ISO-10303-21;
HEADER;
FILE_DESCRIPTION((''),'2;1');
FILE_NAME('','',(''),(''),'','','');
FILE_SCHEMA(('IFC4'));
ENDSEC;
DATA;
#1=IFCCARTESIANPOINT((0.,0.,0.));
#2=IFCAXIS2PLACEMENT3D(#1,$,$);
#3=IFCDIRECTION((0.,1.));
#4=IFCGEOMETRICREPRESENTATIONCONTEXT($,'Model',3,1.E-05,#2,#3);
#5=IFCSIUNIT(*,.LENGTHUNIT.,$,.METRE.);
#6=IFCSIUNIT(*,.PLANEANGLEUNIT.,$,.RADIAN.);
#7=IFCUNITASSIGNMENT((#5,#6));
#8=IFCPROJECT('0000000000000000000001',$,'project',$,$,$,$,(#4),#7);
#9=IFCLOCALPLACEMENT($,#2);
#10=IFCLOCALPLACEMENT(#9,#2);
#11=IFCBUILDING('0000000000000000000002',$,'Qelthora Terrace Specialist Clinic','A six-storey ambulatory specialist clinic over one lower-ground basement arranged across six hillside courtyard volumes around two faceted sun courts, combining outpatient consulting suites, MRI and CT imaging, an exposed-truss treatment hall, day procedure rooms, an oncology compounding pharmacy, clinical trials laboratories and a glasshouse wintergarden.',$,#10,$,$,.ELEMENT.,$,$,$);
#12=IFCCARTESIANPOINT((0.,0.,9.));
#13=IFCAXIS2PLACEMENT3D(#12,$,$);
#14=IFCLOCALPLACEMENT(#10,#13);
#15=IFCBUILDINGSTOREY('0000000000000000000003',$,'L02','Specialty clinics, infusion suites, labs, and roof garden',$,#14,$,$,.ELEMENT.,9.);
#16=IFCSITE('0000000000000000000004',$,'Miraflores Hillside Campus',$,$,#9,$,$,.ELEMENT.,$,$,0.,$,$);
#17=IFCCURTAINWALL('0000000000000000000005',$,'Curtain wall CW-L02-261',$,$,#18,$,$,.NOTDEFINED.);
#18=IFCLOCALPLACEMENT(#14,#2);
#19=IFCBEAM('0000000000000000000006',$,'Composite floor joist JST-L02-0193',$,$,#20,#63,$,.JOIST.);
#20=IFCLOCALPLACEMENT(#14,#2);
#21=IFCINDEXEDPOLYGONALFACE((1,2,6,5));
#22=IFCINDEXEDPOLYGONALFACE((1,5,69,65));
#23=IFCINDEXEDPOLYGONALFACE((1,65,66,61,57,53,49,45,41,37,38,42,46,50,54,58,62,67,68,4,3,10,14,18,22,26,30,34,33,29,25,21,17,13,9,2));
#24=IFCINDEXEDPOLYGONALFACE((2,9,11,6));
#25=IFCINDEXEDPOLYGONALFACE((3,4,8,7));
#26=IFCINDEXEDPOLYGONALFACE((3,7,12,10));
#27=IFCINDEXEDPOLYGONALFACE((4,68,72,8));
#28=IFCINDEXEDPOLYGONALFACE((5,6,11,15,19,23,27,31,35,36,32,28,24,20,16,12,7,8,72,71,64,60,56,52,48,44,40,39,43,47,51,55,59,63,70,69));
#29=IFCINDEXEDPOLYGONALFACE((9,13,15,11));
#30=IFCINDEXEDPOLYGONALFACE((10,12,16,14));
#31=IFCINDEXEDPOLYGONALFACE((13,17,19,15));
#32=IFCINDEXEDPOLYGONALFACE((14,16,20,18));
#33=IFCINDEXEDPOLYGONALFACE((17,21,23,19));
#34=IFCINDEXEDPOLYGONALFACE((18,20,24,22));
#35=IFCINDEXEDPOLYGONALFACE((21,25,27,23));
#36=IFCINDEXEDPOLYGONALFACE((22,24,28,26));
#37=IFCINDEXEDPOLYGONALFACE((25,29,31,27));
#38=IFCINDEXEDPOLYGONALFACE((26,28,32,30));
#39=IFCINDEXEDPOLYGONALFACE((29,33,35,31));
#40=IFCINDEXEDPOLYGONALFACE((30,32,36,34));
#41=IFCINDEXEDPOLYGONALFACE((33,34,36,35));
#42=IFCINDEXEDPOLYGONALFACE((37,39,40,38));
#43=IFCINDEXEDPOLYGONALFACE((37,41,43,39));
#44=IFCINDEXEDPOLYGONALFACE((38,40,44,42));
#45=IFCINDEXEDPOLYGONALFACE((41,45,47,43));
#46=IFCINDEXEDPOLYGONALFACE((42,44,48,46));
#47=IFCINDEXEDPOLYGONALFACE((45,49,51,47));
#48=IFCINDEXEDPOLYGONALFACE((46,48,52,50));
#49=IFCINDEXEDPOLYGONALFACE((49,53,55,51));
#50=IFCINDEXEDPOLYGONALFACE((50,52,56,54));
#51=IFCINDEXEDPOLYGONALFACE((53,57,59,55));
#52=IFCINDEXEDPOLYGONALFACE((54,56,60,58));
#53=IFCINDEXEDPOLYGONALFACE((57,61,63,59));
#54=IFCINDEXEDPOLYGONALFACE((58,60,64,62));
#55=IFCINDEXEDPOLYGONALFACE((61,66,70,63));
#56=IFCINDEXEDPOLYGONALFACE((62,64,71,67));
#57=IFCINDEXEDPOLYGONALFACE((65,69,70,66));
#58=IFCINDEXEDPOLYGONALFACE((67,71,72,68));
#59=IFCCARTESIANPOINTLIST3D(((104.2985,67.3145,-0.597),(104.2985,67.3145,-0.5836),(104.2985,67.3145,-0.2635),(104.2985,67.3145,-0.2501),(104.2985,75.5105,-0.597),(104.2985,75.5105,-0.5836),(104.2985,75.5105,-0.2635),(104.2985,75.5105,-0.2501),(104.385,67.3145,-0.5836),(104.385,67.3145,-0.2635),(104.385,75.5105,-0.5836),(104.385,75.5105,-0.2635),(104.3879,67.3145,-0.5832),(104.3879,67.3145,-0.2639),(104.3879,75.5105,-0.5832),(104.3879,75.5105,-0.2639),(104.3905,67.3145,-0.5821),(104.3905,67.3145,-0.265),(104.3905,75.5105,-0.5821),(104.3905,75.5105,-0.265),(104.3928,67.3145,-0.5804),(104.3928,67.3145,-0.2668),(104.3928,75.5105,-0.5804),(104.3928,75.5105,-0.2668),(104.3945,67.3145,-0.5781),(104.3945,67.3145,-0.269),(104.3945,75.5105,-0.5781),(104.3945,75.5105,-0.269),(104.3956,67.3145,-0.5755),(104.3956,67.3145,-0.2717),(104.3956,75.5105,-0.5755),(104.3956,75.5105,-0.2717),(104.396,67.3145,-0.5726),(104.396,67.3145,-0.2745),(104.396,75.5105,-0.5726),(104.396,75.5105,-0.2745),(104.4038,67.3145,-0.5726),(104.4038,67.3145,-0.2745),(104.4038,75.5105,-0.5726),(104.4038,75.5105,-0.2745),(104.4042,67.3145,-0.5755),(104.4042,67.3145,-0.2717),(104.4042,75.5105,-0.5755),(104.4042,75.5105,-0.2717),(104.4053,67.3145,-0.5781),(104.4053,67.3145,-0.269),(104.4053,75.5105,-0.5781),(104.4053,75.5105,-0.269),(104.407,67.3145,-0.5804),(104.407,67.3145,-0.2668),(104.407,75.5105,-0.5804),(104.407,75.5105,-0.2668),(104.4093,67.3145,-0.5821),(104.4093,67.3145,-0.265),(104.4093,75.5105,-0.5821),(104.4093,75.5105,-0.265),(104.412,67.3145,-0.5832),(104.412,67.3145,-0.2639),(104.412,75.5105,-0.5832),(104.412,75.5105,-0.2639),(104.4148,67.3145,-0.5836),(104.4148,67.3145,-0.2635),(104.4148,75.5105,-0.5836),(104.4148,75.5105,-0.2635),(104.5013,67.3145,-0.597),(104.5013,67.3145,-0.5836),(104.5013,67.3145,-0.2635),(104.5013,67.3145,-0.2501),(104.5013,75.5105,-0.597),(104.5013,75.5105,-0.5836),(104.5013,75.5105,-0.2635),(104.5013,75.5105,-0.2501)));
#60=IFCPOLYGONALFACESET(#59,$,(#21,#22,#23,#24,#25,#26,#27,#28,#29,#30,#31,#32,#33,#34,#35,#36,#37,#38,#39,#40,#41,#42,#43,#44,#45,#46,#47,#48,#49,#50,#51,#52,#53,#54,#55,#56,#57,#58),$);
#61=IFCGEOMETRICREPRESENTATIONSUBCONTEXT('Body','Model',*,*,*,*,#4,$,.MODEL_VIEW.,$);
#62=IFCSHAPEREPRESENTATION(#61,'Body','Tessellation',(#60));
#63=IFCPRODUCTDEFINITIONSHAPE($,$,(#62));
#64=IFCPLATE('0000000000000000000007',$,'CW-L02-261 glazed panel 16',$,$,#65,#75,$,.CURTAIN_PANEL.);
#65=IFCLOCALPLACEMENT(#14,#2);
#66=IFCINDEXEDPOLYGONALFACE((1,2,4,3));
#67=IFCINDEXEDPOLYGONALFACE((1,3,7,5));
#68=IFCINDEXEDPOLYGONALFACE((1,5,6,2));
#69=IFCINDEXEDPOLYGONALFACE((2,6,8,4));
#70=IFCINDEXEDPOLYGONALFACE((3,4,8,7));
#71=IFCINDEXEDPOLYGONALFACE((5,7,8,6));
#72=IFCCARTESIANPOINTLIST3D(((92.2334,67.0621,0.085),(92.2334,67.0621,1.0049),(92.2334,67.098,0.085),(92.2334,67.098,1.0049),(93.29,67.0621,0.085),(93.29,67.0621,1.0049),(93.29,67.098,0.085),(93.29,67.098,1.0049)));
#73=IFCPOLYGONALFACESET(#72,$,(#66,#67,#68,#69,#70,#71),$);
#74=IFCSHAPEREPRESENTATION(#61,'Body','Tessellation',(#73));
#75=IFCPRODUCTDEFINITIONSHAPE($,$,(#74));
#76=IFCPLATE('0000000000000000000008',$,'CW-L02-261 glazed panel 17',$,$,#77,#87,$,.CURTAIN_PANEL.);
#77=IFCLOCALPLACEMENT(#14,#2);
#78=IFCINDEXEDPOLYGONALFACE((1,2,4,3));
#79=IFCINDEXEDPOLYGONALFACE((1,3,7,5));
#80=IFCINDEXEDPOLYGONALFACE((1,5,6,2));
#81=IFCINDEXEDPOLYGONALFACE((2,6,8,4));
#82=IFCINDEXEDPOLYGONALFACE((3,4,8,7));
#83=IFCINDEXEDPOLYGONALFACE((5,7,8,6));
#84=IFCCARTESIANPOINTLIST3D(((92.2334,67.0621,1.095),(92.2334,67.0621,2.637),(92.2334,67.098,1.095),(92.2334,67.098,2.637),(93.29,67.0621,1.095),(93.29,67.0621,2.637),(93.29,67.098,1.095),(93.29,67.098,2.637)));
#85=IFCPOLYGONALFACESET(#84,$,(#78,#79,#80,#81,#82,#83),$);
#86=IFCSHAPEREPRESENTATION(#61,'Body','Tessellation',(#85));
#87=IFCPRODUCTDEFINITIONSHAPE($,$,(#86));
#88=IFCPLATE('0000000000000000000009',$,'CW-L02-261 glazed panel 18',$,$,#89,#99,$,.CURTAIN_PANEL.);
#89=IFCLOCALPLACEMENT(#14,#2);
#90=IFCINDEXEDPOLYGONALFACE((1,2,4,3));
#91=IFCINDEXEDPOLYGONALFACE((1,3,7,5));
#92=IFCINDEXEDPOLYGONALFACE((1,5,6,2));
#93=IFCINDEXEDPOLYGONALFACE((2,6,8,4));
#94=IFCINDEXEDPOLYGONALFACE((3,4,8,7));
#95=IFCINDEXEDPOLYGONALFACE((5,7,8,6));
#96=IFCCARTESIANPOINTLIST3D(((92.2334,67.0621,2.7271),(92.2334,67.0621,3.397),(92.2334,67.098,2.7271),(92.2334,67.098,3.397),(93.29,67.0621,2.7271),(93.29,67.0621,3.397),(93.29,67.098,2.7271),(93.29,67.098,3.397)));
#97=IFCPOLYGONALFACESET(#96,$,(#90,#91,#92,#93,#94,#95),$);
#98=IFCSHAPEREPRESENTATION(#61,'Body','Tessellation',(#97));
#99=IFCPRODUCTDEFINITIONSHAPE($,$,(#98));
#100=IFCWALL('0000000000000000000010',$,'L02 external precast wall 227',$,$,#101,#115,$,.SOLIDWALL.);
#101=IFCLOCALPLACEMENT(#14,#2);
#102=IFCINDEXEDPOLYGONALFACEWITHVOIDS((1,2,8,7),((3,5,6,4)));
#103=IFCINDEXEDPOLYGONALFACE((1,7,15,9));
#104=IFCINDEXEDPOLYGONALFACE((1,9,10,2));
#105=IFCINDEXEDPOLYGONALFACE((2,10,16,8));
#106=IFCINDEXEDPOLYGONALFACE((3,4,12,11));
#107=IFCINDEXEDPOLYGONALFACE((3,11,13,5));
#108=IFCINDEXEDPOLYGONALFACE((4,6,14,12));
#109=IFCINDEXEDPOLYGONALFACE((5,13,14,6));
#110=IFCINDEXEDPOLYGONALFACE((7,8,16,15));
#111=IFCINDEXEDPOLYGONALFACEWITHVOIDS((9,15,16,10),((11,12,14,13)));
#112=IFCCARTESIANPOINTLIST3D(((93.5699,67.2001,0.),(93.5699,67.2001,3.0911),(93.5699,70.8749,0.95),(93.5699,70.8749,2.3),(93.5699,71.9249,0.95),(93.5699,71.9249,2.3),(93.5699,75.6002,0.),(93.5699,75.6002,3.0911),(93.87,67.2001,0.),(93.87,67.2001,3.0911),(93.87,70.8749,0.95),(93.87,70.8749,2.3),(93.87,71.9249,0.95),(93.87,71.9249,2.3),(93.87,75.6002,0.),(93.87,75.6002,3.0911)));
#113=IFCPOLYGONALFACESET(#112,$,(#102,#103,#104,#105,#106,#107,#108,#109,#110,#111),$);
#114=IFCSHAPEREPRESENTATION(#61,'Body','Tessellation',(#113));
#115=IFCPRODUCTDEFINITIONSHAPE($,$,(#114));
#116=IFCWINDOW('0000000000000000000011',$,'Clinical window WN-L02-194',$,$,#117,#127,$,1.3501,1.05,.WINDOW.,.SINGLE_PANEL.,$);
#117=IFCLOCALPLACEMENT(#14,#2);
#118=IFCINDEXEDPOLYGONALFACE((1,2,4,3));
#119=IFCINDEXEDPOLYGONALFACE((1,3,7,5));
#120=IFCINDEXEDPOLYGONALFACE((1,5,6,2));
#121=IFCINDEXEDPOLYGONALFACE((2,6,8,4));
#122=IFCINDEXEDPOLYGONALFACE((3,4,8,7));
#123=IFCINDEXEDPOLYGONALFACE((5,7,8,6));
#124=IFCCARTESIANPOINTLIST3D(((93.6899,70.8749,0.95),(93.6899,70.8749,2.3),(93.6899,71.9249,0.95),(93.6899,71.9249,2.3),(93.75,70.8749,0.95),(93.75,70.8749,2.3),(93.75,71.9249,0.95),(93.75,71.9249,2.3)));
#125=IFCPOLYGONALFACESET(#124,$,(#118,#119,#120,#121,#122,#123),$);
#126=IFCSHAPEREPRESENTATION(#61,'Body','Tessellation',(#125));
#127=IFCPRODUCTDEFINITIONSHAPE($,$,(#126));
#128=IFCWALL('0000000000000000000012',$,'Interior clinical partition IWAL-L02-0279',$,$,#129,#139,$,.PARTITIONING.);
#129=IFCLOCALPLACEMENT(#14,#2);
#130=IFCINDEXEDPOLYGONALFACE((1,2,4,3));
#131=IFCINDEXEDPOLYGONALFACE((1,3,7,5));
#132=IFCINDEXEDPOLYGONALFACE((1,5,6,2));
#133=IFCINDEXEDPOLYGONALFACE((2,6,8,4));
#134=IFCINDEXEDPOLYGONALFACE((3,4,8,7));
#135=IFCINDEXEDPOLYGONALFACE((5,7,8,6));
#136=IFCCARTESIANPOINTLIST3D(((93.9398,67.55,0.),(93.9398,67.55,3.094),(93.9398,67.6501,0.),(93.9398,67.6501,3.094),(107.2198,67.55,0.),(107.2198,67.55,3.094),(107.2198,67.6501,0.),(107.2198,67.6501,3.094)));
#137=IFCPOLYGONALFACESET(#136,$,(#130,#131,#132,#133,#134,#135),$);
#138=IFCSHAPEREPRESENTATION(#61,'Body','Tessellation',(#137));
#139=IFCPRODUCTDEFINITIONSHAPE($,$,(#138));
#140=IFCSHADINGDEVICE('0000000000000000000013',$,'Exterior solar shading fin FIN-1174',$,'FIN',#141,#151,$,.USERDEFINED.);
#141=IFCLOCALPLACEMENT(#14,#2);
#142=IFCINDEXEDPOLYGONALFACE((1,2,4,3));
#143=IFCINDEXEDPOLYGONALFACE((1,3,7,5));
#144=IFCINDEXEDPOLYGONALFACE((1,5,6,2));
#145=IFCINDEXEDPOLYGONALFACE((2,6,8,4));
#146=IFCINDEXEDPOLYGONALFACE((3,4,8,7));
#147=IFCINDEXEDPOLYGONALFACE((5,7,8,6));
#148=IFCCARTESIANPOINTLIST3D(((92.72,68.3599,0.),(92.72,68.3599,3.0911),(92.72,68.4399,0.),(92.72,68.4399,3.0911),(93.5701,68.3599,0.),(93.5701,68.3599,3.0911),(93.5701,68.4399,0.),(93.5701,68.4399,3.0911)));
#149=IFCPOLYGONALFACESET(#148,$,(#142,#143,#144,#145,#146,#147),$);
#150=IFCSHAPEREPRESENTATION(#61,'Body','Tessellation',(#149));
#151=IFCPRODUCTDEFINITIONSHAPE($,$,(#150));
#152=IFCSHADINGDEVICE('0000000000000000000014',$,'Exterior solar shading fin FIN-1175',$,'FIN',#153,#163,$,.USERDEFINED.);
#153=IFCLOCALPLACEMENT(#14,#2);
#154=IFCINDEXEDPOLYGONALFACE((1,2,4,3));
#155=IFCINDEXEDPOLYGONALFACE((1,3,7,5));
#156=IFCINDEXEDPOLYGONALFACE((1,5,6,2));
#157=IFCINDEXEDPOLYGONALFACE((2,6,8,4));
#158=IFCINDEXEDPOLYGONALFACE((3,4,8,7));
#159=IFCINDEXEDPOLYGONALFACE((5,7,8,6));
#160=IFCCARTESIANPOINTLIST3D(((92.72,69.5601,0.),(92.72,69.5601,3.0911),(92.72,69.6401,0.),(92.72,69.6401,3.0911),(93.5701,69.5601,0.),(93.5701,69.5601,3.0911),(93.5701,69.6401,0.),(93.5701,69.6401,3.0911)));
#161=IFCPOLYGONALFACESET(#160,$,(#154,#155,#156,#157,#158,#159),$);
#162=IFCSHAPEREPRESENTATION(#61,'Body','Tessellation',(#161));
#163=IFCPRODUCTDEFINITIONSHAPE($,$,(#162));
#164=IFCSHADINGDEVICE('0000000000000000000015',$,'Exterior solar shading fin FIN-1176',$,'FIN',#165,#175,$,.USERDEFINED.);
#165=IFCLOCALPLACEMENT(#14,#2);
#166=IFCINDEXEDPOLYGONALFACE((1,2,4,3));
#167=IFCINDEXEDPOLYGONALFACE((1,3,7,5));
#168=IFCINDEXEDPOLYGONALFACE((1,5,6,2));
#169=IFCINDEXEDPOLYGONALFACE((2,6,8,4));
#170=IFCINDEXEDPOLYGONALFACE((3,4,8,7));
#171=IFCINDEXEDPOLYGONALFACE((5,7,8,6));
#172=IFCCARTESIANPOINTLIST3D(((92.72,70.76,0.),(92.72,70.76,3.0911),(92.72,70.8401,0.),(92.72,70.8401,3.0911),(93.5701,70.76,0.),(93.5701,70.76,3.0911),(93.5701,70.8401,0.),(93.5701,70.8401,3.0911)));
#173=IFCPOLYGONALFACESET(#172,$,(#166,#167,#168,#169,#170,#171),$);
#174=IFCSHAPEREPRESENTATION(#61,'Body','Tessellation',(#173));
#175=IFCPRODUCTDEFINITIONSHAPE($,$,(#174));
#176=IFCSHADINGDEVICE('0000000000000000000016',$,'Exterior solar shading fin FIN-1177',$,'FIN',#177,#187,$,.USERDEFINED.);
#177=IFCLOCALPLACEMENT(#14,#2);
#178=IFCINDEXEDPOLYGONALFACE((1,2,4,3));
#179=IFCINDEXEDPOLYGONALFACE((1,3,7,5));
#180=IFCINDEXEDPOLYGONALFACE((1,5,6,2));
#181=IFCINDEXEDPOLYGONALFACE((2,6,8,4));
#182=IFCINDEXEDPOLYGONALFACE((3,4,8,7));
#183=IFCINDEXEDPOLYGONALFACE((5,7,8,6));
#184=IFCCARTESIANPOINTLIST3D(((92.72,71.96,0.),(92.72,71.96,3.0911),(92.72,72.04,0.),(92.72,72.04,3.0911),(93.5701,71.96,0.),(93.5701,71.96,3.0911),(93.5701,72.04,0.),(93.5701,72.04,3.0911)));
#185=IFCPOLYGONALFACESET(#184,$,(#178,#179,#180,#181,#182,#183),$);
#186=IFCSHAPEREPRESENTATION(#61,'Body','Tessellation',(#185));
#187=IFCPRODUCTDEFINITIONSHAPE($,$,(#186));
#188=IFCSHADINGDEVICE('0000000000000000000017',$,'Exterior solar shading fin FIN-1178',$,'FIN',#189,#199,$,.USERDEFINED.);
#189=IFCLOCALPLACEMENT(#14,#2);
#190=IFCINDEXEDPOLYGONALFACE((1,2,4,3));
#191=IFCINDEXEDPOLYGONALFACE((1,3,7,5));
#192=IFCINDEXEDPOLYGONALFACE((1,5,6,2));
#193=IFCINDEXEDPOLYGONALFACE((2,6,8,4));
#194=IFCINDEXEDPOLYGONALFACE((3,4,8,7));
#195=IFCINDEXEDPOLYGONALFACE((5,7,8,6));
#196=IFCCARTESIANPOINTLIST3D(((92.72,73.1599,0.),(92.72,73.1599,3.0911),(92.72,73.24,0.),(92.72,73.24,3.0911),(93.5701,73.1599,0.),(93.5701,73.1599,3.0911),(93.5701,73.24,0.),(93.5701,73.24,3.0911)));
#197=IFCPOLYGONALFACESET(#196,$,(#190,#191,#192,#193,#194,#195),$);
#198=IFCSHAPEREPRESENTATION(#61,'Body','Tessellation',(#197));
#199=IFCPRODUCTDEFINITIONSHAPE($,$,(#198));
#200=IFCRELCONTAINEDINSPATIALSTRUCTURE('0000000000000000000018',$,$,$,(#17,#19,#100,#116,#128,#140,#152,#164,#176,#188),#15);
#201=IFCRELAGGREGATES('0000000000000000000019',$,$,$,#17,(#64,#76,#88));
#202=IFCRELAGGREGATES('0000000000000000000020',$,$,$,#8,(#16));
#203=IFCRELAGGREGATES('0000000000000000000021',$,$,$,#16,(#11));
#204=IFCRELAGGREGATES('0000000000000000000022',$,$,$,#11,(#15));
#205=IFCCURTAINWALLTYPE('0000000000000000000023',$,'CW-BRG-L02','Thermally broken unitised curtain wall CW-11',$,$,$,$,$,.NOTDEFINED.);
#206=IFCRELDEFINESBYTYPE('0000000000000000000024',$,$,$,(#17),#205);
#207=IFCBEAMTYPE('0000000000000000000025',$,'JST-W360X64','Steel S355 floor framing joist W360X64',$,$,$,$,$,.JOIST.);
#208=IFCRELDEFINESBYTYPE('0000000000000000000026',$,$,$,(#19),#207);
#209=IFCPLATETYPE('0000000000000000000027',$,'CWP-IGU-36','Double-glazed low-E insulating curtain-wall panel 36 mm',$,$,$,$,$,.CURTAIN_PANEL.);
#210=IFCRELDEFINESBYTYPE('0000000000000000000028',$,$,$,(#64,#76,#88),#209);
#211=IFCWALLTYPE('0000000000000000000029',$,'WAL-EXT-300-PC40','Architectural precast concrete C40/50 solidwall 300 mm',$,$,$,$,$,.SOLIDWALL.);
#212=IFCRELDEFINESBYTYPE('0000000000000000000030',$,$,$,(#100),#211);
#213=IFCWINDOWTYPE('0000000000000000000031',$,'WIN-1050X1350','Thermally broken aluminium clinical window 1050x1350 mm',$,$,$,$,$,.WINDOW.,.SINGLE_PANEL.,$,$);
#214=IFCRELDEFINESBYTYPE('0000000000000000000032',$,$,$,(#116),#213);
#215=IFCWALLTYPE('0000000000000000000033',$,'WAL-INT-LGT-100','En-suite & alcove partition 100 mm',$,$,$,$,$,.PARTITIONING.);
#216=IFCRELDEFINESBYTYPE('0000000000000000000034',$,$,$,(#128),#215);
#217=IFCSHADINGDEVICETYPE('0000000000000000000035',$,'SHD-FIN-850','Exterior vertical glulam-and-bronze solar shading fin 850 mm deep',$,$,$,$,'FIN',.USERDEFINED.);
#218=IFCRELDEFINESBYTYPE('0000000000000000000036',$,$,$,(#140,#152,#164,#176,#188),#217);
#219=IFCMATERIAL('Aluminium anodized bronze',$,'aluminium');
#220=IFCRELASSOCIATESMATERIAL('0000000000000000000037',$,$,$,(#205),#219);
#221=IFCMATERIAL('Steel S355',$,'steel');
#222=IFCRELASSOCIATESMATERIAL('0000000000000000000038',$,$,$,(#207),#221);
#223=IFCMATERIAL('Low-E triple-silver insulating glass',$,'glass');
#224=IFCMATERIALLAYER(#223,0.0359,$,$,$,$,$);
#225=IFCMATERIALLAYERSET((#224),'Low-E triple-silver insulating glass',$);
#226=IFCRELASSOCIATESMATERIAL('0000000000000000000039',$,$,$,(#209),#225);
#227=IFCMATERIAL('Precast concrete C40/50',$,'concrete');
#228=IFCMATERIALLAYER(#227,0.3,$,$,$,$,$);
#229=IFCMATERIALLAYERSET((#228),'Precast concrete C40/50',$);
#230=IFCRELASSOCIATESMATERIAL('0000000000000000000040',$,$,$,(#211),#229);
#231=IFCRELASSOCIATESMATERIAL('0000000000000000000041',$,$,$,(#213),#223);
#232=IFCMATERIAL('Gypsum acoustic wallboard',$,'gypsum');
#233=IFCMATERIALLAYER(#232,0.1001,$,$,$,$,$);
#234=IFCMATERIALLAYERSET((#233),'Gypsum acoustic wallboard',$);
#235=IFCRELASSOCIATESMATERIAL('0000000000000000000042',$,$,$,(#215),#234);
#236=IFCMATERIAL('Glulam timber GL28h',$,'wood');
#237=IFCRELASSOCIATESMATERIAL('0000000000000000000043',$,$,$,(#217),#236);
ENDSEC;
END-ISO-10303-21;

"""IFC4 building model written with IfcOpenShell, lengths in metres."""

from ifc_helpers import new_model, si_unit, direction, frame, frame_2d, origin, origin_2d, place, context, subcontext, project, spatial, rectangle, i_section, extrude, material, layer, layer_set, material_profile, profile_set, type_object, element, fill, aggregate, save


model = new_model("IFC4")

# Units and contexts
model_context = context("Model", 3, precision=1e-05, world=origin(), true_north=direction((0.0, 1.0)))
body_context = subcontext(model_context, "Body", "Model", "MODEL_VIEW")
ifc_project = project(units=[si_unit("LENGTHUNIT", "METRE"), si_unit("PLANEANGLEUNIT", "RADIAN")], contexts=[model_context])

# Site, building, storey
site_placement = place(None, origin())
site = spatial("IfcSite", under=ifc_project, at=site_placement, Name="Miraflores Hillside Campus", CompositionType="ELEMENT", RefElevation=0.0)
building_placement = place(site_placement, origin())
building = spatial("IfcBuilding", under=site, at=building_placement, Name="Qelthora Terrace Specialist Clinic", Description="A six-storey ambulatory specialist clinic over one lower-ground basement arranged across six hillside courtyard volumes around two faceted sun courts, combining outpatient consulting suites, MRI and CT imaging, an exposed-truss treatment hall, day procedure rooms, an oncology compounding pharmacy, clinical trials laboratories and a glasshouse wintergarden.", CompositionType="ELEMENT")
storey_placement = place(building_placement, frame((0.0, 0.0, 9.0)))
storey = spatial("IfcBuildingStorey", under=building, at=storey_placement, Name="L02", Description="Specialty clinics, infusion suites, labs, and roof garden", CompositionType="ELEMENT", Elevation=9.0)

# Shared definitions
ifc_material_1 = material(Name="Steel S355", Category="steel")

# Curtain wall
ifc_material_2 = material(Name="Aluminium anodized bronze", Category="aluminium")
curtain_wall_type = type_object("IfcCurtainWallType", Name="CW-BRG-L02", Description="Thermally broken unitised curtain wall CW-11", PredefinedType="NOTDEFINED", material=ifc_material_2)
curtain_wall_1_placement = place(storey_placement, origin())
curtain_wall_1 = element("IfcCurtainWall", 1, at=curtain_wall_1_placement, inside=storey, type_object=curtain_wall_type, Name="Curtain wall CW-L02-261", PredefinedType="NOTDEFINED")

# Beam
ifc_material_profile_1 = material_profile(ifc_material_1, i_section(OverallWidth=0.2029, OverallDepth=0.3469, WebThickness=0.0078, FlangeThickness=0.0134, FilletRadius=0.011, at=origin_2d()), Name="W360X64")
ifc_profile_set_1 = profile_set([ifc_material_profile_1], Name="Steel S355")
beam_type_1 = type_object("IfcBeamType", Name="JST-W360X64", Description="Steel S355 floor framing joist W360X64", PredefinedType="JOIST", material=ifc_profile_set_1)
beam_1_placement = place(storey_placement, frame((104.3999, 67.3145, -0.4236), z_axis=(0.0, 1.0, 0.0), x_axis=(-1.0, 0.0, 0.0)))
element("IfcBeam", 2, at=beam_1_placement, inside=storey, type_object=beam_type_1, Name="Composite floor joist JST-L02-0193", PredefinedType="JOIST", context=body_context, shape_type="SweptSolid", body=[
    extrude(i_section(OverallWidth=0.2029, OverallDepth=0.3469, WebThickness=0.0078, FlangeThickness=0.0134, FilletRadius=0.011, at=origin_2d()), origin(), (0.0, 0.0, 1.0), 8.196),
])

# Plates
ifc_material_3 = material(Name="Low-E triple-silver insulating glass", Category="glass")
ifc_layer_1 = layer(ifc_material_3, 0.0359)
ifc_layer_set_1 = layer_set([ifc_layer_1], Name="Low-E triple-silver insulating glass")
plate_type = type_object("IfcPlateType", Name="CWP-IGU-36", Description="Double-glazed low-E insulating curtain-wall panel 36 mm", PredefinedType="CURTAIN_PANEL", material=ifc_layer_set_1)
plate_1_placement = place(storey_placement, frame((92.7617, 67.0801, 0.085), z_axis=(0.0, 0.0, 1.0), x_axis=(1.0, 0.0, 0.0)))
plate_1 = element("IfcPlate", 3, at=plate_1_placement, type_object=plate_type, Name="CW-L02-261 glazed panel 16", PredefinedType="CURTAIN_PANEL", context=body_context, shape_type="SweptSolid", body=[
    extrude(rectangle(XDim=1.0566, YDim=0.0359, at=origin_2d()), origin(), (0.0, 0.0, 1.0), 0.9199),
])
plate_2_placement = place(storey_placement, frame((92.7617, 67.0801, 1.095), z_axis=(0.0, 0.0, 1.0), x_axis=(1.0, 0.0, 0.0)))
plate_2 = element("IfcPlate", 4, at=plate_2_placement, type_object=plate_type, Name="CW-L02-261 glazed panel 17", PredefinedType="CURTAIN_PANEL", context=body_context, shape_type="SweptSolid", body=[
    extrude(rectangle(XDim=1.0566, YDim=0.0359, at=origin_2d()), origin(), (0.0, 0.0, 1.0), 1.542),
])
plate_3_placement = place(storey_placement, frame((92.7617, 67.0801, 2.7271), z_axis=(0.0, 0.0, 1.0), x_axis=(1.0, 0.0, 0.0)))
plate_3 = element("IfcPlate", 5, at=plate_3_placement, type_object=plate_type, Name="CW-L02-261 glazed panel 18", PredefinedType="CURTAIN_PANEL", context=body_context, shape_type="SweptSolid", body=[
    extrude(rectangle(XDim=1.0566, YDim=0.0359, at=origin_2d()), origin(), (0.0, 0.0, 1.0), 0.6699),
])
aggregate(curtain_wall_1, [plate_1, plate_2, plate_3])

# Wall, opening, window
ifc_material_4 = material(Name="Precast concrete C40/50", Category="concrete")
ifc_layer_2 = layer(ifc_material_4, 0.3)
ifc_layer_set_2 = layer_set([ifc_layer_2], Name="Precast concrete C40/50")
wall_type_1 = type_object("IfcWallType", Name="WAL-EXT-300-PC40", Description="Architectural precast concrete C40/50 solidwall 300 mm", PredefinedType="SOLIDWALL", material=ifc_layer_set_2)
wall_1_placement = place(storey_placement, frame((93.72, 67.2, 0.0), z_axis=(0.0, 0.0, 1.0), x_axis=(0.0, 1.0, 0.0)))
wall_1 = element("IfcWall", 6, at=wall_1_placement, inside=storey, type_object=wall_type_1, Name="L02 external precast wall 227", PredefinedType="SOLIDWALL", context=body_context, shape_type="SweptSolid", body=[
    extrude(rectangle(XDim=8.4001, YDim=0.3, at=frame_2d((4.2002, 0.0))), origin(), (0.0, 0.0, 1.0), 3.0911),
])
opening_placement = place(wall_1_placement, frame((3.675, 0.0, 0.95)))
opening = element("IfcOpeningElement", 7, at=opening_placement, cuts=wall_1, PredefinedType="OPENING", context=body_context, shape_type="SweptSolid", body=[
    extrude(rectangle(XDim=1.05, YDim=1.3501, at=frame_2d((0.5249, 0.675))), frame((0.0, 0.1599, 0.0), z_axis=(0.0, -1.0, 0.0), x_axis=(1.0, 0.0, 0.0)), (0.0, 0.0, 1.0), 0.3201),
])
window_type = type_object("IfcWindowType", Name="WIN-1050X1350", Description="Thermally broken aluminium clinical window 1050x1350 mm", PartitioningType="SINGLE_PANEL", PredefinedType="WINDOW", material=ifc_material_3)
window_placement = place(opening_placement, origin())
window = element("IfcWindow", 8, at=window_placement, inside=storey, type_object=window_type, Name="Clinical window WN-L02-194", OverallHeight=1.3501, OverallWidth=1.05, PartitioningType="SINGLE_PANEL", PredefinedType="WINDOW", context=body_context, shape_type="SweptSolid", body=[
    extrude(rectangle(XDim=1.05, YDim=1.3501, at=frame_2d((0.5249, 0.675))), frame((0.0, 0.03, 0.0), z_axis=(0.0, -1.0, 0.0), x_axis=(1.0, 0.0, 0.0)), (0.0, 0.0, 1.0), 0.0601),
])
fill(opening, window)

# Wall
ifc_material_5 = material(Name="Gypsum acoustic wallboard", Category="gypsum")
ifc_layer_3 = layer(ifc_material_5, 0.1001)
ifc_layer_set_3 = layer_set([ifc_layer_3], Name="Gypsum acoustic wallboard")
wall_type_2 = type_object("IfcWallType", Name="WAL-INT-LGT-100", Description="En-suite & alcove partition 100 mm", PredefinedType="PARTITIONING", material=ifc_layer_set_3)
wall_2_placement = place(storey_placement, frame((107.22, 67.6001, 0.0), z_axis=(0.0, 0.0, 1.0), x_axis=(-1.0, 0.0, 0.0)))
element("IfcWall", 9, at=wall_2_placement, inside=storey, type_object=wall_type_2, Name="Interior clinical partition IWAL-L02-0279", PredefinedType="PARTITIONING", context=body_context, shape_type="SweptSolid", body=[
    extrude(rectangle(XDim=13.28, YDim=0.1001, at=frame_2d((6.6401, 0.0))), origin(), (0.0, 0.0, 1.0), 3.094),
])

# Shading devices
ifc_material_6 = material(Name="Glulam timber GL28h", Category="wood")
shading_device_type = type_object("IfcShadingDeviceType", Name="SHD-FIN-850", Description="Exterior vertical glulam-and-bronze solar shading fin 850 mm deep", ElementType="FIN", PredefinedType="USERDEFINED", material=ifc_material_6)
for number, where, z_axis, x_axis, name in (
    (10, (93.145, 68.3999, 0.0), (0.0, 0.0, 1.0), (-1.0, 0.0, 0.0), "Exterior solar shading fin FIN-1174"),
    (11, (93.145, 69.6001, 0.0), (0.0, 0.0, 1.0), (-1.0, 0.0, 0.0), "Exterior solar shading fin FIN-1175"),
    (12, (93.145, 70.8, 0.0), (0.0, 0.0, 1.0), (-1.0, 0.0, 0.0), "Exterior solar shading fin FIN-1176"),
    (13, (93.145, 72.0, 0.0), (0.0, 0.0, 1.0), (-1.0, 0.0, 0.0), "Exterior solar shading fin FIN-1177"),
    (14, (93.145, 73.2, 0.0), (0.0, 0.0, 1.0), (-1.0, 0.0, 0.0), "Exterior solar shading fin FIN-1178"),
):
    element("IfcShadingDevice", number, at=place(storey_placement, frame(where, z_axis=z_axis, x_axis=x_axis)), inside=storey, type_object=shading_device_type, Name=name, ObjectType="FIN", PredefinedType="USERDEFINED", context=body_context, shape_type="SweptSolid", body=[
        extrude(rectangle(XDim=0.8501, YDim=0.0801, at=origin_2d()), origin(), (0.0, 0.0, 1.0), 3.0911),
    ])

save(model, "model.ifc")
